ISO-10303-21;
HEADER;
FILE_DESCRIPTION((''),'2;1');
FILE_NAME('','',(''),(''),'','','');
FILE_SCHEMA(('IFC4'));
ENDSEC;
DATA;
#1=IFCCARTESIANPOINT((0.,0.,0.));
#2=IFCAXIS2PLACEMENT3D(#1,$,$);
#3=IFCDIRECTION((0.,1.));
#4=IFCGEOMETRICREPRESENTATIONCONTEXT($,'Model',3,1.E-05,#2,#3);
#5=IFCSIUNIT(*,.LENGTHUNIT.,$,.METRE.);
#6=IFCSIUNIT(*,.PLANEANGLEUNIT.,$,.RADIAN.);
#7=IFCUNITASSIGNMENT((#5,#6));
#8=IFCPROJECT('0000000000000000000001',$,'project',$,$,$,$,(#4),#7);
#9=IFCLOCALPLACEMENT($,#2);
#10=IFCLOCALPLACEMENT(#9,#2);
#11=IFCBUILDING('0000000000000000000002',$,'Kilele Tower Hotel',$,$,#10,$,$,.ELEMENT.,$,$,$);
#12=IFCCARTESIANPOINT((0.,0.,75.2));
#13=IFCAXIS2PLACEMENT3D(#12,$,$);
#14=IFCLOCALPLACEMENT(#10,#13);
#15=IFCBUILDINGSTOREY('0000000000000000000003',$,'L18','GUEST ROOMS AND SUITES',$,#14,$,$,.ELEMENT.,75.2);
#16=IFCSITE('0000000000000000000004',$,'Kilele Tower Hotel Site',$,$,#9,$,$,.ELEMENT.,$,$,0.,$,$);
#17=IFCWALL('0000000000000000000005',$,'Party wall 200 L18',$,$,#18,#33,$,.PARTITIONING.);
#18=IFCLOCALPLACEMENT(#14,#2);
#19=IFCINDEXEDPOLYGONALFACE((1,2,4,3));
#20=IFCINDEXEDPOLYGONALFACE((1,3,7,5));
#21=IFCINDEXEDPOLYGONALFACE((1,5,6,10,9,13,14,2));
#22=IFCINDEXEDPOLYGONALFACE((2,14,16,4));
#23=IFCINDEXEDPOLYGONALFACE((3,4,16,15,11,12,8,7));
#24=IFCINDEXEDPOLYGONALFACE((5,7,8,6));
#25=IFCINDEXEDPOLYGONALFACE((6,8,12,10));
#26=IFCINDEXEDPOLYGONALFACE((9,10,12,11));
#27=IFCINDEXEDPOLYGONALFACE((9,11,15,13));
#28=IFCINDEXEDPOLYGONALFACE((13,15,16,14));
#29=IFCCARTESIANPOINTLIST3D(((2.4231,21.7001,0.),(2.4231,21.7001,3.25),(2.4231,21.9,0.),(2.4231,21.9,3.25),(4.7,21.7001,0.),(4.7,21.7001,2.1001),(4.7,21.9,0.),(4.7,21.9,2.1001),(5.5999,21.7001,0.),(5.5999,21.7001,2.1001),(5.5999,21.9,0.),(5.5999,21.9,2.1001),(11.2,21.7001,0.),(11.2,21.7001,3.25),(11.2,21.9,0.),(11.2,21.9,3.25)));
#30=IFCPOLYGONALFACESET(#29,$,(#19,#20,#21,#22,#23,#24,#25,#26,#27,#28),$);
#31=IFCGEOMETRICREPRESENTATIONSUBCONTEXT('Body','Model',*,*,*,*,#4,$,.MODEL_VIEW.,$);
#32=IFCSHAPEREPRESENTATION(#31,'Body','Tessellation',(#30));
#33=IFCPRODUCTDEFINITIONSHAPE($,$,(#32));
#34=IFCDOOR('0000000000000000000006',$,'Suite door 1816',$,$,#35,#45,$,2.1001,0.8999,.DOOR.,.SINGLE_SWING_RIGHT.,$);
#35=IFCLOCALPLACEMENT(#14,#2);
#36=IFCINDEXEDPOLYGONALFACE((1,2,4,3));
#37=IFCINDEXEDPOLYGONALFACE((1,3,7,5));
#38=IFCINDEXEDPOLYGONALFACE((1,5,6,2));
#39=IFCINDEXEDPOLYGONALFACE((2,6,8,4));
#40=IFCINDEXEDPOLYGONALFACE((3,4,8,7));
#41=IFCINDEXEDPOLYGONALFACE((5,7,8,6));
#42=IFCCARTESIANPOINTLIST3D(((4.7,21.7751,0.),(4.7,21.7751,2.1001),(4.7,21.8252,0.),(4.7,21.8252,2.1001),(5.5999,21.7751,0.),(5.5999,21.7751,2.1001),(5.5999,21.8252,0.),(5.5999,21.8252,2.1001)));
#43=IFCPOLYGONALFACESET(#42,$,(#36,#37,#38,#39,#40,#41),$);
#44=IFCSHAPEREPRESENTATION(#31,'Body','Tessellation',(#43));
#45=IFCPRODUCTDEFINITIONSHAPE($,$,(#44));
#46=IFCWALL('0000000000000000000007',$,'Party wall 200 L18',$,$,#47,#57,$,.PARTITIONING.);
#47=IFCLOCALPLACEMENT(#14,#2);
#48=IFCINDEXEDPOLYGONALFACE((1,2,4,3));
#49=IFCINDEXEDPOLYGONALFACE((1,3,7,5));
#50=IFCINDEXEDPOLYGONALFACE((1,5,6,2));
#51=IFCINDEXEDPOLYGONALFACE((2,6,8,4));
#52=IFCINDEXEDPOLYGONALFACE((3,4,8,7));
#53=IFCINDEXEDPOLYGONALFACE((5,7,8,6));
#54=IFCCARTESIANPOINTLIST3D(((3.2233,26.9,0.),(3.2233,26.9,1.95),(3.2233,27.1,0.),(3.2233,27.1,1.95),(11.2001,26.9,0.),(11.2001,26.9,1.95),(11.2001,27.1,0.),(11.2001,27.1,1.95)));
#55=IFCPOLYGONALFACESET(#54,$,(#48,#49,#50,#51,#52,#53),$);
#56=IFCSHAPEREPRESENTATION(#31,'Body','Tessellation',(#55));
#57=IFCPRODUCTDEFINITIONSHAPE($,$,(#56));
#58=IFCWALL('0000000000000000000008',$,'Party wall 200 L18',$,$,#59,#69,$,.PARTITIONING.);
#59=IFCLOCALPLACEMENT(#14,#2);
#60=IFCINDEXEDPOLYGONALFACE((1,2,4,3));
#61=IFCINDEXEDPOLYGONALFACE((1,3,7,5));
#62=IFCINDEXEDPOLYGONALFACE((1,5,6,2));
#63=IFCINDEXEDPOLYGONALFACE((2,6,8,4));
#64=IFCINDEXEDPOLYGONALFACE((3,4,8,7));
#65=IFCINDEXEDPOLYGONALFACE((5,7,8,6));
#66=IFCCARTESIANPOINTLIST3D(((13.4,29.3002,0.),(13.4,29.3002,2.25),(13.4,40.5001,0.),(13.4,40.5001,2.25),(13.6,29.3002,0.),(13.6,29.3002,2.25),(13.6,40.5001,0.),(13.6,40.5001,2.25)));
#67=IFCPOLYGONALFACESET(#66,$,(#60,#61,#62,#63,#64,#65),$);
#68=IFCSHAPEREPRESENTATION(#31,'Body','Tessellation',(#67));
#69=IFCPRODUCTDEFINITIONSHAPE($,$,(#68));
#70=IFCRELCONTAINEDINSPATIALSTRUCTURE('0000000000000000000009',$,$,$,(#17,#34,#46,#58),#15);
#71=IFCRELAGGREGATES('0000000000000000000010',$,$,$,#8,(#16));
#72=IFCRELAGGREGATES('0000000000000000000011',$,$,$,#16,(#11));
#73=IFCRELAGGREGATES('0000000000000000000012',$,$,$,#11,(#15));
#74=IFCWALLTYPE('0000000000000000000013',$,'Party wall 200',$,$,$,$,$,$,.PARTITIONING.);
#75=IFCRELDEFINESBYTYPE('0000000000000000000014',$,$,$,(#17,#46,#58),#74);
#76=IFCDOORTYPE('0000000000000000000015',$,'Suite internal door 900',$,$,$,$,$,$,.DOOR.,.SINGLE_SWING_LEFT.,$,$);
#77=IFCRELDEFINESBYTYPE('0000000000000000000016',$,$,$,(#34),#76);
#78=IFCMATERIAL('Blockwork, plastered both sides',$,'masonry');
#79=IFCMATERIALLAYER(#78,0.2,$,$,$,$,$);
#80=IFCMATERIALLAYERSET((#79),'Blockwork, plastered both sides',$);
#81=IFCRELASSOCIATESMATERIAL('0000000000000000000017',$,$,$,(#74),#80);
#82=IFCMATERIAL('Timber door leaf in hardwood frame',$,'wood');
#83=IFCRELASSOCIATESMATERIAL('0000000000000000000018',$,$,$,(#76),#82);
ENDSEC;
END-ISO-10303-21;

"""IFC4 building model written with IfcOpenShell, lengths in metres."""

from ifc_helpers import new_model, si_unit, direction, frame, frame_2d, origin, place, context, subcontext, project, spatial, rectangle, extrude, material, layer, layer_set, type_object, element, fill, save


model = new_model("IFC4")

# Units and contexts
model_context = context("Model", 3, precision=1e-05, world=origin(), true_north=direction((0.0, 1.0)))
body_context = subcontext(model_context, "Body", "Model", "MODEL_VIEW")
ifc_project = project(units=[si_unit("LENGTHUNIT", "METRE"), si_unit("PLANEANGLEUNIT", "RADIAN")], contexts=[model_context])

# Site, building, storey
site_placement = place(None, origin())
site = spatial("IfcSite", under=ifc_project, at=site_placement, Name="Kilele Tower Hotel Site", CompositionType="ELEMENT", RefElevation=0.0)
building_placement = place(site_placement, origin())
building = spatial("IfcBuilding", under=site, at=building_placement, Name="Kilele Tower Hotel", CompositionType="ELEMENT")
storey_placement = place(building_placement, frame((0.0, 0.0, 75.2)))
storey = spatial("IfcBuildingStorey", under=building, at=storey_placement, Name="L18", Description="GUEST ROOMS AND SUITES", CompositionType="ELEMENT", Elevation=75.2)

# Wall, opening, door
ifc_material_1 = material(Name="Blockwork, plastered both sides", Category="masonry")
ifc_layer_1 = layer(ifc_material_1, 0.2)
ifc_layer_set_1 = layer_set([ifc_layer_1], Name="Blockwork, plastered both sides")
wall_type_1 = type_object("IfcWallType", Name="Party wall 200", PredefinedType="PARTITIONING", material=ifc_layer_set_1)
wall_1_placement = place(storey_placement, frame((11.2, 21.8, 0.0), z_axis=(0.0, 0.0, 1.0), x_axis=(-1.0, 0.0, 0.0)))
wall_1 = element("IfcWall", 1, at=wall_1_placement, inside=storey, type_object=wall_type_1, Name="Party wall 200 L18", PredefinedType="PARTITIONING", context=body_context, shape_type="SweptSolid", body=[
    extrude(rectangle(XDim=8.7769, YDim=0.2, at=frame_2d((4.3884, 0.0))), origin(), (0.0, 0.0, 1.0), 3.25),
])
opening_1_placement = place(wall_1_placement, frame((5.6001, 0.0, 0.0)))
opening_1 = element("IfcOpeningElement", 2, at=opening_1_placement, cuts=wall_1, PredefinedType="OPENING", context=body_context, shape_type="SweptSolid", body=[
    extrude(rectangle(XDim=0.8999, YDim=2.1001, at=frame_2d((0.45, 1.05))), frame((0.0, 0.1099, 0.0), z_axis=(0.0, -1.0, 0.0), x_axis=(1.0, 0.0, 0.0)), (0.0, 0.0, 1.0), 0.22),
])
ifc_material_2 = material(Name="Timber door leaf in hardwood frame", Category="wood")
door_type_1 = type_object("IfcDoorType", Name="Suite internal door 900", OperationType="SINGLE_SWING_LEFT", PredefinedType="DOOR", material=ifc_material_2)
door_1_placement = place(opening_1_placement, origin())
door_1 = element("IfcDoor", 3, at=door_1_placement, inside=storey, type_object=door_type_1, Name="Suite door 1816", OperationType="SINGLE_SWING_RIGHT", OverallHeight=2.1001, OverallWidth=0.8999, PredefinedType="DOOR", context=body_context, shape_type="SweptSolid", body=[
    extrude(rectangle(XDim=0.8999, YDim=2.1001, at=frame_2d((0.45, 1.05))), frame((0.0, 0.0249, 0.0), z_axis=(0.0, -1.0, 0.0), x_axis=(1.0, 0.0, 0.0)), (0.0, 0.0, 1.0), 0.05),
])
fill(opening_1, door_1)

# Walls
wall_2_placement = place(storey_placement, frame((11.2, 27.0, 0.0), z_axis=(0.0, 0.0, 1.0), x_axis=(-1.0, 0.0, 0.0)))
element("IfcWall", 4, at=wall_2_placement, inside=storey, type_object=wall_type_1, Name="Party wall 200 L18", PredefinedType="PARTITIONING", context=body_context, shape_type="SweptSolid", body=[
    extrude(rectangle(XDim=7.9768, YDim=0.2, at=frame_2d((3.9883, 0.0))), origin(), (0.0, 0.0, 1.0), 1.95),
])
wall_3_placement = place(storey_placement, frame((13.5, 29.3, 0.0), z_axis=(0.0, 0.0, 1.0), x_axis=(0.0, 1.0, 0.0)))
element("IfcWall", 5, at=wall_3_placement, inside=storey, type_object=wall_type_1, Name="Party wall 200 L18", PredefinedType="PARTITIONING", context=body_context, shape_type="SweptSolid", body=[
    extrude(rectangle(XDim=11.2, YDim=0.2, at=frame_2d((5.6001, 0.0))), origin(), (0.0, 0.0, 1.0), 2.25),
])

save(model, "model.ifc")
